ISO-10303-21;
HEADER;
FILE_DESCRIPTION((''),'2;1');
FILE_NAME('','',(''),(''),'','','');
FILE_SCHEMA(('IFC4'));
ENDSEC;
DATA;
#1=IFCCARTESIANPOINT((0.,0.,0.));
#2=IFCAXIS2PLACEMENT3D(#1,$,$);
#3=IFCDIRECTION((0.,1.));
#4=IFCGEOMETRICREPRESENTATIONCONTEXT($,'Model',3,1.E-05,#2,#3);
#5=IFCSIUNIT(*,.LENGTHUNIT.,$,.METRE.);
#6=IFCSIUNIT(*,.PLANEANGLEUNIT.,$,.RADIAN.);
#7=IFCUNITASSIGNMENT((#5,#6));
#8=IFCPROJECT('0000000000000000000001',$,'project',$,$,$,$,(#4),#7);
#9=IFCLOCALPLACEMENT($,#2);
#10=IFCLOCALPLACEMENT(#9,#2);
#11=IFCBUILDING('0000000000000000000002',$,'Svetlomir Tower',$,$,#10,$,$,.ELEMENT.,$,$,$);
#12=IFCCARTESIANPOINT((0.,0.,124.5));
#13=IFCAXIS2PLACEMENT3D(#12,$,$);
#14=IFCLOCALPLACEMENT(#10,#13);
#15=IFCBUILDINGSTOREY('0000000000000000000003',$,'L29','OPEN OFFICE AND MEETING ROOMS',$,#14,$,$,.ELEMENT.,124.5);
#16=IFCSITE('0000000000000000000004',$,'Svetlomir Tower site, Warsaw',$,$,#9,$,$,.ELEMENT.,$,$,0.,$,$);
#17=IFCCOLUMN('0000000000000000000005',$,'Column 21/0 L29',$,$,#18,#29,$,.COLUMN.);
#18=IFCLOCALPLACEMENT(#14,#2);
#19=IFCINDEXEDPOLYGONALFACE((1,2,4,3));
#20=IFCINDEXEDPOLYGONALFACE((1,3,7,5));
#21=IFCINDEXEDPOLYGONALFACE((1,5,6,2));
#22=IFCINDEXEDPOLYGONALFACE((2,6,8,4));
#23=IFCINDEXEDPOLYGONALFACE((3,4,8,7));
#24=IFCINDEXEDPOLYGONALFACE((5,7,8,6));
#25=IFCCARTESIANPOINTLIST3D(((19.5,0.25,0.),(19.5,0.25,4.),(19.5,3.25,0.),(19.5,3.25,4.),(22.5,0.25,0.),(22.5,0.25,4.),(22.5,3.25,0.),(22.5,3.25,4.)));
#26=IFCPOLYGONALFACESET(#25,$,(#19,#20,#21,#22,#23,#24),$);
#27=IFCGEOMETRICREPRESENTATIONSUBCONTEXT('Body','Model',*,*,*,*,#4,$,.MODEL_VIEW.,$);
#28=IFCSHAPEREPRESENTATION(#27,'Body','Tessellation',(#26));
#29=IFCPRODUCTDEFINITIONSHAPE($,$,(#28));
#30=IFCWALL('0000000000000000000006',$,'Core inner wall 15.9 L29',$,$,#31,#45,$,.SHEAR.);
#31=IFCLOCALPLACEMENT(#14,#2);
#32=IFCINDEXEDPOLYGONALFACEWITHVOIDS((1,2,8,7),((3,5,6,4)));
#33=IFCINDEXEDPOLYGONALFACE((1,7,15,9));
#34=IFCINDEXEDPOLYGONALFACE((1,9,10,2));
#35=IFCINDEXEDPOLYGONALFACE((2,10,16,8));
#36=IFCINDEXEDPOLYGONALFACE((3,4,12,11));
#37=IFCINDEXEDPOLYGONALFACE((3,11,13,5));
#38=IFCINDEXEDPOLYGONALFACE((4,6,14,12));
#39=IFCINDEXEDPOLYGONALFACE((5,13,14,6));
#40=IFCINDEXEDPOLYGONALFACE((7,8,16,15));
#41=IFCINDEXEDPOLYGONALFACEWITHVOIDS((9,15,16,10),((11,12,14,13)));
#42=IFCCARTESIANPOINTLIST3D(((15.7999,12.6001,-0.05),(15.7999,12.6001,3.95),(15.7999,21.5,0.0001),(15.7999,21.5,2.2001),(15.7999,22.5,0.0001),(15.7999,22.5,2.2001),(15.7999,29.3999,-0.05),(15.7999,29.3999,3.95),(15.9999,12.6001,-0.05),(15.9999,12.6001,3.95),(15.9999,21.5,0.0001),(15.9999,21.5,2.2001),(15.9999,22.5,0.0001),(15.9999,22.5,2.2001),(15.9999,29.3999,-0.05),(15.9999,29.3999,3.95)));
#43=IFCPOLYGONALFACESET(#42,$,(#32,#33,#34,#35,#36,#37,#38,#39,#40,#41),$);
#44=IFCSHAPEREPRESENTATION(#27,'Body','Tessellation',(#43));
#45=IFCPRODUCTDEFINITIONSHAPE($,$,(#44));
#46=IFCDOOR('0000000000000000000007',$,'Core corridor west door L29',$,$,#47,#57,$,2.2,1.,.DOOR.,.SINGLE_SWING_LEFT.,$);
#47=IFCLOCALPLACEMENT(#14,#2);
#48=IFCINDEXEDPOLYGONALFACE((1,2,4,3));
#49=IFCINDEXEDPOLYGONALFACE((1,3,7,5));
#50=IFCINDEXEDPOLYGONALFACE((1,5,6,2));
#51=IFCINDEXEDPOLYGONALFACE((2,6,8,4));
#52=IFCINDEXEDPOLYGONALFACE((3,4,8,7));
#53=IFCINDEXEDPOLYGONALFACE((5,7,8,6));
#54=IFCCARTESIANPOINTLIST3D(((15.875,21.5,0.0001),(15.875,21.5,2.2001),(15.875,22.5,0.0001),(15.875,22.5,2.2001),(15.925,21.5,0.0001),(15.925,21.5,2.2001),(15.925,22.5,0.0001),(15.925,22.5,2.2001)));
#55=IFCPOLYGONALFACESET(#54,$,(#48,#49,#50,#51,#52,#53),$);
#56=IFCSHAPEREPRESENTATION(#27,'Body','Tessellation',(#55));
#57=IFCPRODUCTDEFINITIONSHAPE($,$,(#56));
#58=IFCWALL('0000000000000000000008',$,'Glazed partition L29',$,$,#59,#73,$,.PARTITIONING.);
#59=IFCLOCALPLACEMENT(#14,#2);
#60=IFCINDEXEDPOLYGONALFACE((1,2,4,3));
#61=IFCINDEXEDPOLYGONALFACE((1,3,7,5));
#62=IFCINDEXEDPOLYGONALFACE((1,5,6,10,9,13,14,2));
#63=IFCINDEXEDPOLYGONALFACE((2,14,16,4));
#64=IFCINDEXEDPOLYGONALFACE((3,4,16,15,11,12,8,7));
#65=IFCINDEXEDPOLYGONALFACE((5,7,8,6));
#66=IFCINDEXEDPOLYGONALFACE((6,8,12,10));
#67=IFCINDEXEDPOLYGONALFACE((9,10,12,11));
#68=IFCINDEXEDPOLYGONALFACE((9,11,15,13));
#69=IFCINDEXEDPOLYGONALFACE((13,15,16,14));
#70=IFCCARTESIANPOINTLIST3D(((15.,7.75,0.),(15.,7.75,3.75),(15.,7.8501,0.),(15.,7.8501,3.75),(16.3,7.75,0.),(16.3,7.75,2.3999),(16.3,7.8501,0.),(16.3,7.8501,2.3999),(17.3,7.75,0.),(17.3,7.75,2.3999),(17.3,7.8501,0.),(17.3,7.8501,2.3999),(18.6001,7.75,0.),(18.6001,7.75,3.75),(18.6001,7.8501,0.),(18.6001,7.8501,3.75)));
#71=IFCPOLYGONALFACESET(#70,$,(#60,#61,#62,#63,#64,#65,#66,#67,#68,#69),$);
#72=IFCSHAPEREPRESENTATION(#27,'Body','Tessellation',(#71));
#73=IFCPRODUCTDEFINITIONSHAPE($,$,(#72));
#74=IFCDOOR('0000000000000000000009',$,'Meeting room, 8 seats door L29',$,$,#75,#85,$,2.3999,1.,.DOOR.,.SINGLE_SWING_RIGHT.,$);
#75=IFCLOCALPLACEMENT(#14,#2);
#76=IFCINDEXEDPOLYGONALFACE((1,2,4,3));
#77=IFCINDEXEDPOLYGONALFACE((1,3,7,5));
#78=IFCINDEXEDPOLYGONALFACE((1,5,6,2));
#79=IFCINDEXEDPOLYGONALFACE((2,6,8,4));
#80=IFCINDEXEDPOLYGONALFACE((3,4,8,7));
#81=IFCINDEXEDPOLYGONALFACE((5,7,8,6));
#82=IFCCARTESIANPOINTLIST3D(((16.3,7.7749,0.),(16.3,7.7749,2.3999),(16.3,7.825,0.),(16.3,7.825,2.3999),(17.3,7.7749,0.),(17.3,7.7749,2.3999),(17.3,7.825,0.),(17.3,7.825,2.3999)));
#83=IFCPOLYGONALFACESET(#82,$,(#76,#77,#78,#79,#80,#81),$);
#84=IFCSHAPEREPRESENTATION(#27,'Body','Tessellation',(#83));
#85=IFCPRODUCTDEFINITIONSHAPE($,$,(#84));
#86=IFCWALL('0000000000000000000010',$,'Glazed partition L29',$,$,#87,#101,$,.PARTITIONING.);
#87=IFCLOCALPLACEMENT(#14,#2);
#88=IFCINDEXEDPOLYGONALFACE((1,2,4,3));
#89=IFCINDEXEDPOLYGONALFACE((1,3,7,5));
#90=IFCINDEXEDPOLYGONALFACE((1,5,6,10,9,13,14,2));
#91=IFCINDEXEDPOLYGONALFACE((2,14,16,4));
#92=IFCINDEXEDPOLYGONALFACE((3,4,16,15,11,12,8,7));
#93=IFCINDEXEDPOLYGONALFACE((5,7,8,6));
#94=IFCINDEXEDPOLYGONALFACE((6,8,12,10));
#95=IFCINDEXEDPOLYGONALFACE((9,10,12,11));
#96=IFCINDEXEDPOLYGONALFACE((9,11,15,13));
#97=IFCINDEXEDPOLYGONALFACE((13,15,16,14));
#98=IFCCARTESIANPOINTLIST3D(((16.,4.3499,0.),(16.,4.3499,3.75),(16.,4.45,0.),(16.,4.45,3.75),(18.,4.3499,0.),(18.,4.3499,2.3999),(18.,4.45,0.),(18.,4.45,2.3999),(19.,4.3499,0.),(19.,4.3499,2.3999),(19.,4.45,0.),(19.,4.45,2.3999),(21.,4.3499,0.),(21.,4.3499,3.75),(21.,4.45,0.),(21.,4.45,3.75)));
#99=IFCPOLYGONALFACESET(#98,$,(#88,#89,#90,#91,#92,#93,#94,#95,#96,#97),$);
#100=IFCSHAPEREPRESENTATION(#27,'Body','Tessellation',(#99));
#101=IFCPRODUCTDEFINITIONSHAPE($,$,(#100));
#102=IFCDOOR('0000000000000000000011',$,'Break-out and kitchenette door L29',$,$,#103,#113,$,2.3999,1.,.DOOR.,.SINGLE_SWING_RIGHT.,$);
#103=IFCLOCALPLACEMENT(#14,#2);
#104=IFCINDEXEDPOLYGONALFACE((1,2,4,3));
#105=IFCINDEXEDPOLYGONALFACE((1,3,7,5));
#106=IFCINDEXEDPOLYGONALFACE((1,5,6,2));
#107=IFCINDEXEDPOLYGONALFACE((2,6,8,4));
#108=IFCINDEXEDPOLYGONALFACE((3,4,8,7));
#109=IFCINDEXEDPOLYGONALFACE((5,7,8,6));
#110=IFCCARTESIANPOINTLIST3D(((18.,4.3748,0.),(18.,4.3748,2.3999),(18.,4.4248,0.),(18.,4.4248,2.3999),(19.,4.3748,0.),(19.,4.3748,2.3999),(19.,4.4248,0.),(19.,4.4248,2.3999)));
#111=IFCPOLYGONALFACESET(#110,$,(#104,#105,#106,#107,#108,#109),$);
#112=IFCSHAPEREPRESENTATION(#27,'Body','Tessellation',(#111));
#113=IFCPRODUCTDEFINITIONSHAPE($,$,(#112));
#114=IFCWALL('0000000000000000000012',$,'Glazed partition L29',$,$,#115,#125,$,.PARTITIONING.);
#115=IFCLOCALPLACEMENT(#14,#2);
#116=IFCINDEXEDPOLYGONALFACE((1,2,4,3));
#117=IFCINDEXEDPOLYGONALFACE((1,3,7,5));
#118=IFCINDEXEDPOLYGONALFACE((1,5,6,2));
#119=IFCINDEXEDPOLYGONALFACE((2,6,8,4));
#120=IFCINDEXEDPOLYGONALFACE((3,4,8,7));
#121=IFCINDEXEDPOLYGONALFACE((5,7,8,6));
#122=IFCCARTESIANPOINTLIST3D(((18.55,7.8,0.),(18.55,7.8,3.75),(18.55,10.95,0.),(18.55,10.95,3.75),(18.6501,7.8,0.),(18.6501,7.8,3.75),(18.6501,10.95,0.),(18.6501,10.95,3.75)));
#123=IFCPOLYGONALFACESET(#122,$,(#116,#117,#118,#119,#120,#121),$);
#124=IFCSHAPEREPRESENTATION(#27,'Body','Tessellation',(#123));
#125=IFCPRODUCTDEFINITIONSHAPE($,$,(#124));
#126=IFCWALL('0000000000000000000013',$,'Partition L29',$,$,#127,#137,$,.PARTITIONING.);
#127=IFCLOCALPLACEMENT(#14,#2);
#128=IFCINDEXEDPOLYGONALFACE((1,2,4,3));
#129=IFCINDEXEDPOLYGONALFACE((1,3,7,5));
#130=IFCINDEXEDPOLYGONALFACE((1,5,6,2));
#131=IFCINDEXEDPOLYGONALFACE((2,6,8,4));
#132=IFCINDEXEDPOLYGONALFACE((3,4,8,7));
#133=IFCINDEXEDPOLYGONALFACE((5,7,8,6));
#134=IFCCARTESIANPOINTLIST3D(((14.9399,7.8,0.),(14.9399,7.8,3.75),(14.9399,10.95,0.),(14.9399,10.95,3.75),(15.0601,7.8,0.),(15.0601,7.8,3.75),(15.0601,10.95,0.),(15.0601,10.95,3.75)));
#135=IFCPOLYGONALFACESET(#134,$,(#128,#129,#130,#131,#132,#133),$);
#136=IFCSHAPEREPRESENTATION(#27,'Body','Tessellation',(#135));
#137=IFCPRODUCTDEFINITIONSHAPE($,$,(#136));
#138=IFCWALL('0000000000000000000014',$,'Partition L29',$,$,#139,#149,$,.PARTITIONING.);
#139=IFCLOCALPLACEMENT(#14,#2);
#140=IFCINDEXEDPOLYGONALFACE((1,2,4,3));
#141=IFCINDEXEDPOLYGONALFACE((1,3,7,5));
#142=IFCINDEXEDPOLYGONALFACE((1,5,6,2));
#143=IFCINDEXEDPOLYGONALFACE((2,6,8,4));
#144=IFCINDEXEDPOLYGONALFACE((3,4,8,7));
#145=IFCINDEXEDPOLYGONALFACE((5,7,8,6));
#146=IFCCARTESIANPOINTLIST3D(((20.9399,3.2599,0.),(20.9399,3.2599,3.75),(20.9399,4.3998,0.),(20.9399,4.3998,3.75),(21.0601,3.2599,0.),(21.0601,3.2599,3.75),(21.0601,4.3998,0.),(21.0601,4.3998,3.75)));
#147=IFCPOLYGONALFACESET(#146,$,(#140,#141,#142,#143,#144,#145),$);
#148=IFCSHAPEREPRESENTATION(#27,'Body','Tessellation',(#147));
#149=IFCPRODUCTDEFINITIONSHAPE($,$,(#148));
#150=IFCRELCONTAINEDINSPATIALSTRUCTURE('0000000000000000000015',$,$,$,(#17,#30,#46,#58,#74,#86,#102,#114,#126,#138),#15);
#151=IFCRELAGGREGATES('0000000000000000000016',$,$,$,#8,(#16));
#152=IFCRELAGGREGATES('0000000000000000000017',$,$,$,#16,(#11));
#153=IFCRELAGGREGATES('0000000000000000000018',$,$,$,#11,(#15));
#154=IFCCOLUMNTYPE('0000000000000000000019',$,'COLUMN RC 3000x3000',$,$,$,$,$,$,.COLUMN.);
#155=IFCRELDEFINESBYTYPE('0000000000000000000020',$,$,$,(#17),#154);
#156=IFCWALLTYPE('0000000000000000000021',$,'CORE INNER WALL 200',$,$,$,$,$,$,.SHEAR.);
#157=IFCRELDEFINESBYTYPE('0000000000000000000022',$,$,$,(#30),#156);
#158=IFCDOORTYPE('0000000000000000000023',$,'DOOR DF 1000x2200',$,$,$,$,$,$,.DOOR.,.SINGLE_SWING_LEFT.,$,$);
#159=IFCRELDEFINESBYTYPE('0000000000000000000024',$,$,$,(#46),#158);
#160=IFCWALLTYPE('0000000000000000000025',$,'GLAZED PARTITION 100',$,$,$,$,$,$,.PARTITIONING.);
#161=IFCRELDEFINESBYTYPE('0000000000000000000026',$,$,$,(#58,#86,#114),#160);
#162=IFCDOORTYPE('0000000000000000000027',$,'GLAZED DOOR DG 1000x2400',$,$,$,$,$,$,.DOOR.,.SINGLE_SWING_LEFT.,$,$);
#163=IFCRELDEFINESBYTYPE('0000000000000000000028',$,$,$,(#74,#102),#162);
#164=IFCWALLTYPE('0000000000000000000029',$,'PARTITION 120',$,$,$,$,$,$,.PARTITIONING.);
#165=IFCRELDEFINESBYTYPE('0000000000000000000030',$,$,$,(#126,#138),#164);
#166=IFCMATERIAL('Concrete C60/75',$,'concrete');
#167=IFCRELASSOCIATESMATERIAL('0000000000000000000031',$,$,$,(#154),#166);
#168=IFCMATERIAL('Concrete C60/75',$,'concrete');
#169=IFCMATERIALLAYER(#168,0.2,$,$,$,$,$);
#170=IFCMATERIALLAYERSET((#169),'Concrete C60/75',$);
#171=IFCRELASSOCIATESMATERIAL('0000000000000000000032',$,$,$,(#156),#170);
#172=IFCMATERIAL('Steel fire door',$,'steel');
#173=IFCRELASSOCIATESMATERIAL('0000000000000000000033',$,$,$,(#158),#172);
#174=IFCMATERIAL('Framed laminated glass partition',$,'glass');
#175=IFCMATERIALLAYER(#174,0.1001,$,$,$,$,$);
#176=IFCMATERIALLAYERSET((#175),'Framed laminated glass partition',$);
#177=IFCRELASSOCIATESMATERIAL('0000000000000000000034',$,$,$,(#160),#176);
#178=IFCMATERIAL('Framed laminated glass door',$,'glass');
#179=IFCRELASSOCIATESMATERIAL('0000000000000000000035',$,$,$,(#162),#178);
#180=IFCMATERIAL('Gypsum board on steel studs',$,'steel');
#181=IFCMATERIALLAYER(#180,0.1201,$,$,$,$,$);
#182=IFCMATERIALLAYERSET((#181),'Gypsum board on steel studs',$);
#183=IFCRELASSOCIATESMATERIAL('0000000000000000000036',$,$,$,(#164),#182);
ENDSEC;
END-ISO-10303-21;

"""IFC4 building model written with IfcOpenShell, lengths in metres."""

from ifc_helpers import new_model, si_unit, direction, frame, frame_2d, origin, origin_2d, place, context, subcontext, project, spatial, rectangle, extrude, material, layer, layer_set, material_profile, profile_set, type_object, element, fill, save


model = new_model("IFC4")

# Units and contexts
model_context = context("Model", 3, precision=1e-05, world=origin(), true_north=direction((0.0, 1.0)))
body_context = subcontext(model_context, "Body", "Model", "MODEL_VIEW")
ifc_project = project(units=[si_unit("LENGTHUNIT", "METRE"), si_unit("PLANEANGLEUNIT", "RADIAN")], contexts=[model_context])

# Site, building, storey
site_placement = place(None, origin())
site = spatial("IfcSite", under=ifc_project, at=site_placement, Name="Svetlomir Tower site, Warsaw", CompositionType="ELEMENT", RefElevation=0.0)
building_placement = place(site_placement, origin())
building = spatial("IfcBuilding", under=site, at=building_placement, Name="Svetlomir Tower", CompositionType="ELEMENT")
storey_placement = place(building_placement, frame((0.0, 0.0, 124.5)))
storey = spatial("IfcBuildingStorey", under=building, at=storey_placement, Name="L29", Description="OPEN OFFICE AND MEETING ROOMS", CompositionType="ELEMENT", Elevation=124.5)

# Column
ifc_material_1 = material(Name="Concrete C60/75", Category="concrete")
ifc_material_profile = material_profile(ifc_material_1, rectangle(XDim=3.0, YDim=3.0, at=origin_2d()), Name="RC 3000x3000")
ifc_profile_set = profile_set([ifc_material_profile], Name="Concrete C60/75")
column_type = type_object("IfcColumnType", Name="COLUMN RC 3000x3000", PredefinedType="COLUMN", material=ifc_profile_set)
column_placement = place(storey_placement, frame((21.0, 1.75, 0.0), z_axis=(0.0, 0.0, 1.0), x_axis=(1.0, 0.0, 0.0)))
element("IfcColumn", 1, at=column_placement, inside=storey, type_object=column_type, Name="Column 21/0 L29", PredefinedType="COLUMN", context=body_context, shape_type="SweptSolid", body=[
    extrude(rectangle(XDim=3.0, YDim=3.0, at=origin_2d()), origin(), (0.0, 0.0, 1.0), 4.0),
])

# Walls, openings, doors
ifc_material_2 = material(Name="Concrete C60/75", Category="concrete")
ifc_layer_1 = layer(ifc_material_2, 0.2)
ifc_layer_set_1 = layer_set([ifc_layer_1], Name="Concrete C60/75")
wall_type_1 = type_object("IfcWallType", Name="CORE INNER WALL 200", PredefinedType="SHEAR", material=ifc_layer_set_1)
wall_1_placement = place(storey_placement, frame((15.8999, 12.6001, -0.05), z_axis=(0.0, 0.0, 1.0), x_axis=(0.0, 1.0, 0.0)))
wall_1 = element("IfcWall", 2, at=wall_1_placement, inside=storey, type_object=wall_type_1, Name="Core inner wall 15.9 L29", PredefinedType="SHEAR", context=body_context, shape_type="SweptSolid", body=[
    extrude(rectangle(XDim=16.7998, YDim=0.2, at=frame_2d((8.3999, 0.0))), origin(), (0.0, 0.0, 1.0), 4.0),
])
opening_1_placement = place(wall_1_placement, frame((8.8999, 0.0, 0.05)))
opening_1 = element("IfcOpeningElement", 3, at=opening_1_placement, cuts=wall_1, PredefinedType="OPENING", context=body_context, shape_type="SweptSolid", body=[
    extrude(rectangle(XDim=1.0, YDim=2.2, at=frame_2d((0.5, 1.1001))), frame((0.0, 0.1099, 0.0), z_axis=(0.0, -1.0, 0.0), x_axis=(1.0, 0.0, 0.0)), (0.0, 0.0, 1.0), 0.22),
])
ifc_material_3 = material(Name="Steel fire door", Category="steel")
door_type_1 = type_object("IfcDoorType", Name="DOOR DF 1000x2200", OperationType="SINGLE_SWING_LEFT", PredefinedType="DOOR", material=ifc_material_3)
door_1_placement = place(opening_1_placement, origin())
door_1 = element("IfcDoor", 4, at=door_1_placement, inside=storey, type_object=door_type_1, Name="Core corridor west door L29", OperationType="SINGLE_SWING_LEFT", OverallHeight=2.2, OverallWidth=1.0, PredefinedType="DOOR", context=body_context, shape_type="SweptSolid", body=[
    extrude(rectangle(XDim=1.0, YDim=2.2, at=frame_2d((0.5, 1.1001))), frame((0.0, 0.0249, 0.0), z_axis=(0.0, -1.0, 0.0), x_axis=(1.0, 0.0, 0.0)), (0.0, 0.0, 1.0), 0.05),
])
fill(opening_1, door_1)
ifc_material_4 = material(Name="Framed laminated glass partition", Category="glass")
ifc_layer_2 = layer(ifc_material_4, 0.1001)
ifc_layer_set_2 = layer_set([ifc_layer_2], Name="Framed laminated glass partition")
wall_type_2 = type_object("IfcWallType", Name="GLAZED PARTITION 100", PredefinedType="PARTITIONING", material=ifc_layer_set_2)
wall_2_placement = place(storey_placement, frame((15.0, 7.8, 0.0), z_axis=(0.0, 0.0, 1.0), x_axis=(1.0, 0.0, 0.0)))
wall_2 = element("IfcWall", 5, at=wall_2_placement, inside=storey, type_object=wall_type_2, Name="Glazed partition L29", PredefinedType="PARTITIONING", context=body_context, shape_type="SweptSolid", body=[
    extrude(rectangle(XDim=3.6001, YDim=0.1001, at=frame_2d((1.8, 0.0))), origin(), (0.0, 0.0, 1.0), 3.75),
])
opening_2_placement = place(wall_2_placement, frame((1.3, 0.0, 0.0)))
opening_2 = element("IfcOpeningElement", 6, at=opening_2_placement, cuts=wall_2, PredefinedType="OPENING", context=body_context, shape_type="SweptSolid", body=[
    extrude(rectangle(XDim=1.0, YDim=2.3999, at=frame_2d((0.5, 1.2))), frame((0.0, 0.0601, 0.0), z_axis=(0.0, -1.0, 0.0), x_axis=(1.0, 0.0, 0.0)), (0.0, 0.0, 1.0), 0.1201),
])
ifc_material_5 = material(Name="Framed laminated glass door", Category="glass")
door_type_2 = type_object("IfcDoorType", Name="GLAZED DOOR DG 1000x2400", OperationType="SINGLE_SWING_LEFT", PredefinedType="DOOR", material=ifc_material_5)
door_2_placement = place(opening_2_placement, origin())
door_2 = element("IfcDoor", 7, at=door_2_placement, inside=storey, type_object=door_type_2, Name="Meeting room, 8 seats door L29", OperationType="SINGLE_SWING_RIGHT", OverallHeight=2.3999, OverallWidth=1.0, PredefinedType="DOOR", context=body_context, shape_type="SweptSolid", body=[
    extrude(rectangle(XDim=1.0, YDim=2.3999, at=frame_2d((0.5, 1.2))), frame((0.0, 0.0249, 0.0), z_axis=(0.0, -1.0, 0.0), x_axis=(1.0, 0.0, 0.0)), (0.0, 0.0, 1.0), 0.05),
])
fill(opening_2, door_2)
wall_3_placement = place(storey_placement, frame((16.0, 4.3999, 0.0), z_axis=(0.0, 0.0, 1.0), x_axis=(1.0, 0.0, 0.0)))
wall_3 = element("IfcWall", 8, at=wall_3_placement, inside=storey, type_object=wall_type_2, Name="Glazed partition L29", PredefinedType="PARTITIONING", context=body_context, shape_type="SweptSolid", body=[
    extrude(rectangle(XDim=5.0, YDim=0.1001, at=frame_2d((2.5, 0.0))), origin(), (0.0, 0.0, 1.0), 3.75),
])
opening_3_placement = place(wall_3_placement, frame((2.0, 0.0, 0.0)))
opening_3 = element("IfcOpeningElement", 9, at=opening_3_placement, cuts=wall_3, PredefinedType="OPENING", context=body_context, shape_type="SweptSolid", body=[
    extrude(rectangle(XDim=1.0, YDim=2.3999, at=frame_2d((0.5, 1.2))), frame((0.0, 0.0601, 0.0), z_axis=(0.0, -1.0, 0.0), x_axis=(1.0, 0.0, 0.0)), (0.0, 0.0, 1.0), 0.1201),
])
door_3_placement = place(opening_3_placement, origin())
door_3 = element("IfcDoor", 10, at=door_3_placement, inside=storey, type_object=door_type_2, Name="Break-out and kitchenette door L29", OperationType="SINGLE_SWING_RIGHT", OverallHeight=2.3999, OverallWidth=1.0, PredefinedType="DOOR", context=body_context, shape_type="SweptSolid", body=[
    extrude(rectangle(XDim=1.0, YDim=2.3999, at=frame_2d((0.5, 1.2))), frame((0.0, 0.0249, 0.0), z_axis=(0.0, -1.0, 0.0), x_axis=(1.0, 0.0, 0.0)), (0.0, 0.0, 1.0), 0.05),
])
fill(opening_3, door_3)

# Walls
wall_4_placement = place(storey_placement, frame((18.6001, 7.8, 0.0), z_axis=(0.0, 0.0, 1.0), x_axis=(0.0, 1.0, 0.0)))
element("IfcWall", 11, at=wall_4_placement, inside=storey, type_object=wall_type_2, Name="Glazed partition L29", PredefinedType="PARTITIONING", context=body_context, shape_type="SweptSolid", body=[
    extrude(rectangle(XDim=3.1499, YDim=0.1001, at=frame_2d((1.575, 0.0))), origin(), (0.0, 0.0, 1.0), 3.75),
])
ifc_material_6 = material(Name="Gypsum board on steel studs", Category="steel")
ifc_layer_3 = layer(ifc_material_6, 0.1201)
ifc_layer_set_3 = layer_set([ifc_layer_3], Name="Gypsum board on steel studs")
wall_type_3 = type_object("IfcWallType", Name="PARTITION 120", PredefinedType="PARTITIONING", material=ifc_layer_set_3)
wall_5_placement = place(storey_placement, frame((15.0, 7.8, 0.0), z_axis=(0.0, 0.0, 1.0), x_axis=(0.0, 1.0, 0.0)))
element("IfcWall", 12, at=wall_5_placement, inside=storey, type_object=wall_type_3, Name="Partition L29", PredefinedType="PARTITIONING", context=body_context, shape_type="SweptSolid", body=[
    extrude(rectangle(XDim=3.1499, YDim=0.1201, at=frame_2d((1.575, 0.0))), origin(), (0.0, 0.0, 1.0), 3.75),
])
wall_6_placement = place(storey_placement, frame((21.0, 3.26, 0.0), z_axis=(0.0, 0.0, 1.0), x_axis=(0.0, 1.0, 0.0)))
element("IfcWall", 13, at=wall_6_placement, inside=storey, type_object=wall_type_3, Name="Partition L29", PredefinedType="PARTITIONING", context=body_context, shape_type="SweptSolid", body=[
    extrude(rectangle(XDim=1.1399, YDim=0.1201, at=frame_2d((0.5698, 0.0))), origin(), (0.0, 0.0, 1.0), 3.75),
])

save(model, "model.ifc")
